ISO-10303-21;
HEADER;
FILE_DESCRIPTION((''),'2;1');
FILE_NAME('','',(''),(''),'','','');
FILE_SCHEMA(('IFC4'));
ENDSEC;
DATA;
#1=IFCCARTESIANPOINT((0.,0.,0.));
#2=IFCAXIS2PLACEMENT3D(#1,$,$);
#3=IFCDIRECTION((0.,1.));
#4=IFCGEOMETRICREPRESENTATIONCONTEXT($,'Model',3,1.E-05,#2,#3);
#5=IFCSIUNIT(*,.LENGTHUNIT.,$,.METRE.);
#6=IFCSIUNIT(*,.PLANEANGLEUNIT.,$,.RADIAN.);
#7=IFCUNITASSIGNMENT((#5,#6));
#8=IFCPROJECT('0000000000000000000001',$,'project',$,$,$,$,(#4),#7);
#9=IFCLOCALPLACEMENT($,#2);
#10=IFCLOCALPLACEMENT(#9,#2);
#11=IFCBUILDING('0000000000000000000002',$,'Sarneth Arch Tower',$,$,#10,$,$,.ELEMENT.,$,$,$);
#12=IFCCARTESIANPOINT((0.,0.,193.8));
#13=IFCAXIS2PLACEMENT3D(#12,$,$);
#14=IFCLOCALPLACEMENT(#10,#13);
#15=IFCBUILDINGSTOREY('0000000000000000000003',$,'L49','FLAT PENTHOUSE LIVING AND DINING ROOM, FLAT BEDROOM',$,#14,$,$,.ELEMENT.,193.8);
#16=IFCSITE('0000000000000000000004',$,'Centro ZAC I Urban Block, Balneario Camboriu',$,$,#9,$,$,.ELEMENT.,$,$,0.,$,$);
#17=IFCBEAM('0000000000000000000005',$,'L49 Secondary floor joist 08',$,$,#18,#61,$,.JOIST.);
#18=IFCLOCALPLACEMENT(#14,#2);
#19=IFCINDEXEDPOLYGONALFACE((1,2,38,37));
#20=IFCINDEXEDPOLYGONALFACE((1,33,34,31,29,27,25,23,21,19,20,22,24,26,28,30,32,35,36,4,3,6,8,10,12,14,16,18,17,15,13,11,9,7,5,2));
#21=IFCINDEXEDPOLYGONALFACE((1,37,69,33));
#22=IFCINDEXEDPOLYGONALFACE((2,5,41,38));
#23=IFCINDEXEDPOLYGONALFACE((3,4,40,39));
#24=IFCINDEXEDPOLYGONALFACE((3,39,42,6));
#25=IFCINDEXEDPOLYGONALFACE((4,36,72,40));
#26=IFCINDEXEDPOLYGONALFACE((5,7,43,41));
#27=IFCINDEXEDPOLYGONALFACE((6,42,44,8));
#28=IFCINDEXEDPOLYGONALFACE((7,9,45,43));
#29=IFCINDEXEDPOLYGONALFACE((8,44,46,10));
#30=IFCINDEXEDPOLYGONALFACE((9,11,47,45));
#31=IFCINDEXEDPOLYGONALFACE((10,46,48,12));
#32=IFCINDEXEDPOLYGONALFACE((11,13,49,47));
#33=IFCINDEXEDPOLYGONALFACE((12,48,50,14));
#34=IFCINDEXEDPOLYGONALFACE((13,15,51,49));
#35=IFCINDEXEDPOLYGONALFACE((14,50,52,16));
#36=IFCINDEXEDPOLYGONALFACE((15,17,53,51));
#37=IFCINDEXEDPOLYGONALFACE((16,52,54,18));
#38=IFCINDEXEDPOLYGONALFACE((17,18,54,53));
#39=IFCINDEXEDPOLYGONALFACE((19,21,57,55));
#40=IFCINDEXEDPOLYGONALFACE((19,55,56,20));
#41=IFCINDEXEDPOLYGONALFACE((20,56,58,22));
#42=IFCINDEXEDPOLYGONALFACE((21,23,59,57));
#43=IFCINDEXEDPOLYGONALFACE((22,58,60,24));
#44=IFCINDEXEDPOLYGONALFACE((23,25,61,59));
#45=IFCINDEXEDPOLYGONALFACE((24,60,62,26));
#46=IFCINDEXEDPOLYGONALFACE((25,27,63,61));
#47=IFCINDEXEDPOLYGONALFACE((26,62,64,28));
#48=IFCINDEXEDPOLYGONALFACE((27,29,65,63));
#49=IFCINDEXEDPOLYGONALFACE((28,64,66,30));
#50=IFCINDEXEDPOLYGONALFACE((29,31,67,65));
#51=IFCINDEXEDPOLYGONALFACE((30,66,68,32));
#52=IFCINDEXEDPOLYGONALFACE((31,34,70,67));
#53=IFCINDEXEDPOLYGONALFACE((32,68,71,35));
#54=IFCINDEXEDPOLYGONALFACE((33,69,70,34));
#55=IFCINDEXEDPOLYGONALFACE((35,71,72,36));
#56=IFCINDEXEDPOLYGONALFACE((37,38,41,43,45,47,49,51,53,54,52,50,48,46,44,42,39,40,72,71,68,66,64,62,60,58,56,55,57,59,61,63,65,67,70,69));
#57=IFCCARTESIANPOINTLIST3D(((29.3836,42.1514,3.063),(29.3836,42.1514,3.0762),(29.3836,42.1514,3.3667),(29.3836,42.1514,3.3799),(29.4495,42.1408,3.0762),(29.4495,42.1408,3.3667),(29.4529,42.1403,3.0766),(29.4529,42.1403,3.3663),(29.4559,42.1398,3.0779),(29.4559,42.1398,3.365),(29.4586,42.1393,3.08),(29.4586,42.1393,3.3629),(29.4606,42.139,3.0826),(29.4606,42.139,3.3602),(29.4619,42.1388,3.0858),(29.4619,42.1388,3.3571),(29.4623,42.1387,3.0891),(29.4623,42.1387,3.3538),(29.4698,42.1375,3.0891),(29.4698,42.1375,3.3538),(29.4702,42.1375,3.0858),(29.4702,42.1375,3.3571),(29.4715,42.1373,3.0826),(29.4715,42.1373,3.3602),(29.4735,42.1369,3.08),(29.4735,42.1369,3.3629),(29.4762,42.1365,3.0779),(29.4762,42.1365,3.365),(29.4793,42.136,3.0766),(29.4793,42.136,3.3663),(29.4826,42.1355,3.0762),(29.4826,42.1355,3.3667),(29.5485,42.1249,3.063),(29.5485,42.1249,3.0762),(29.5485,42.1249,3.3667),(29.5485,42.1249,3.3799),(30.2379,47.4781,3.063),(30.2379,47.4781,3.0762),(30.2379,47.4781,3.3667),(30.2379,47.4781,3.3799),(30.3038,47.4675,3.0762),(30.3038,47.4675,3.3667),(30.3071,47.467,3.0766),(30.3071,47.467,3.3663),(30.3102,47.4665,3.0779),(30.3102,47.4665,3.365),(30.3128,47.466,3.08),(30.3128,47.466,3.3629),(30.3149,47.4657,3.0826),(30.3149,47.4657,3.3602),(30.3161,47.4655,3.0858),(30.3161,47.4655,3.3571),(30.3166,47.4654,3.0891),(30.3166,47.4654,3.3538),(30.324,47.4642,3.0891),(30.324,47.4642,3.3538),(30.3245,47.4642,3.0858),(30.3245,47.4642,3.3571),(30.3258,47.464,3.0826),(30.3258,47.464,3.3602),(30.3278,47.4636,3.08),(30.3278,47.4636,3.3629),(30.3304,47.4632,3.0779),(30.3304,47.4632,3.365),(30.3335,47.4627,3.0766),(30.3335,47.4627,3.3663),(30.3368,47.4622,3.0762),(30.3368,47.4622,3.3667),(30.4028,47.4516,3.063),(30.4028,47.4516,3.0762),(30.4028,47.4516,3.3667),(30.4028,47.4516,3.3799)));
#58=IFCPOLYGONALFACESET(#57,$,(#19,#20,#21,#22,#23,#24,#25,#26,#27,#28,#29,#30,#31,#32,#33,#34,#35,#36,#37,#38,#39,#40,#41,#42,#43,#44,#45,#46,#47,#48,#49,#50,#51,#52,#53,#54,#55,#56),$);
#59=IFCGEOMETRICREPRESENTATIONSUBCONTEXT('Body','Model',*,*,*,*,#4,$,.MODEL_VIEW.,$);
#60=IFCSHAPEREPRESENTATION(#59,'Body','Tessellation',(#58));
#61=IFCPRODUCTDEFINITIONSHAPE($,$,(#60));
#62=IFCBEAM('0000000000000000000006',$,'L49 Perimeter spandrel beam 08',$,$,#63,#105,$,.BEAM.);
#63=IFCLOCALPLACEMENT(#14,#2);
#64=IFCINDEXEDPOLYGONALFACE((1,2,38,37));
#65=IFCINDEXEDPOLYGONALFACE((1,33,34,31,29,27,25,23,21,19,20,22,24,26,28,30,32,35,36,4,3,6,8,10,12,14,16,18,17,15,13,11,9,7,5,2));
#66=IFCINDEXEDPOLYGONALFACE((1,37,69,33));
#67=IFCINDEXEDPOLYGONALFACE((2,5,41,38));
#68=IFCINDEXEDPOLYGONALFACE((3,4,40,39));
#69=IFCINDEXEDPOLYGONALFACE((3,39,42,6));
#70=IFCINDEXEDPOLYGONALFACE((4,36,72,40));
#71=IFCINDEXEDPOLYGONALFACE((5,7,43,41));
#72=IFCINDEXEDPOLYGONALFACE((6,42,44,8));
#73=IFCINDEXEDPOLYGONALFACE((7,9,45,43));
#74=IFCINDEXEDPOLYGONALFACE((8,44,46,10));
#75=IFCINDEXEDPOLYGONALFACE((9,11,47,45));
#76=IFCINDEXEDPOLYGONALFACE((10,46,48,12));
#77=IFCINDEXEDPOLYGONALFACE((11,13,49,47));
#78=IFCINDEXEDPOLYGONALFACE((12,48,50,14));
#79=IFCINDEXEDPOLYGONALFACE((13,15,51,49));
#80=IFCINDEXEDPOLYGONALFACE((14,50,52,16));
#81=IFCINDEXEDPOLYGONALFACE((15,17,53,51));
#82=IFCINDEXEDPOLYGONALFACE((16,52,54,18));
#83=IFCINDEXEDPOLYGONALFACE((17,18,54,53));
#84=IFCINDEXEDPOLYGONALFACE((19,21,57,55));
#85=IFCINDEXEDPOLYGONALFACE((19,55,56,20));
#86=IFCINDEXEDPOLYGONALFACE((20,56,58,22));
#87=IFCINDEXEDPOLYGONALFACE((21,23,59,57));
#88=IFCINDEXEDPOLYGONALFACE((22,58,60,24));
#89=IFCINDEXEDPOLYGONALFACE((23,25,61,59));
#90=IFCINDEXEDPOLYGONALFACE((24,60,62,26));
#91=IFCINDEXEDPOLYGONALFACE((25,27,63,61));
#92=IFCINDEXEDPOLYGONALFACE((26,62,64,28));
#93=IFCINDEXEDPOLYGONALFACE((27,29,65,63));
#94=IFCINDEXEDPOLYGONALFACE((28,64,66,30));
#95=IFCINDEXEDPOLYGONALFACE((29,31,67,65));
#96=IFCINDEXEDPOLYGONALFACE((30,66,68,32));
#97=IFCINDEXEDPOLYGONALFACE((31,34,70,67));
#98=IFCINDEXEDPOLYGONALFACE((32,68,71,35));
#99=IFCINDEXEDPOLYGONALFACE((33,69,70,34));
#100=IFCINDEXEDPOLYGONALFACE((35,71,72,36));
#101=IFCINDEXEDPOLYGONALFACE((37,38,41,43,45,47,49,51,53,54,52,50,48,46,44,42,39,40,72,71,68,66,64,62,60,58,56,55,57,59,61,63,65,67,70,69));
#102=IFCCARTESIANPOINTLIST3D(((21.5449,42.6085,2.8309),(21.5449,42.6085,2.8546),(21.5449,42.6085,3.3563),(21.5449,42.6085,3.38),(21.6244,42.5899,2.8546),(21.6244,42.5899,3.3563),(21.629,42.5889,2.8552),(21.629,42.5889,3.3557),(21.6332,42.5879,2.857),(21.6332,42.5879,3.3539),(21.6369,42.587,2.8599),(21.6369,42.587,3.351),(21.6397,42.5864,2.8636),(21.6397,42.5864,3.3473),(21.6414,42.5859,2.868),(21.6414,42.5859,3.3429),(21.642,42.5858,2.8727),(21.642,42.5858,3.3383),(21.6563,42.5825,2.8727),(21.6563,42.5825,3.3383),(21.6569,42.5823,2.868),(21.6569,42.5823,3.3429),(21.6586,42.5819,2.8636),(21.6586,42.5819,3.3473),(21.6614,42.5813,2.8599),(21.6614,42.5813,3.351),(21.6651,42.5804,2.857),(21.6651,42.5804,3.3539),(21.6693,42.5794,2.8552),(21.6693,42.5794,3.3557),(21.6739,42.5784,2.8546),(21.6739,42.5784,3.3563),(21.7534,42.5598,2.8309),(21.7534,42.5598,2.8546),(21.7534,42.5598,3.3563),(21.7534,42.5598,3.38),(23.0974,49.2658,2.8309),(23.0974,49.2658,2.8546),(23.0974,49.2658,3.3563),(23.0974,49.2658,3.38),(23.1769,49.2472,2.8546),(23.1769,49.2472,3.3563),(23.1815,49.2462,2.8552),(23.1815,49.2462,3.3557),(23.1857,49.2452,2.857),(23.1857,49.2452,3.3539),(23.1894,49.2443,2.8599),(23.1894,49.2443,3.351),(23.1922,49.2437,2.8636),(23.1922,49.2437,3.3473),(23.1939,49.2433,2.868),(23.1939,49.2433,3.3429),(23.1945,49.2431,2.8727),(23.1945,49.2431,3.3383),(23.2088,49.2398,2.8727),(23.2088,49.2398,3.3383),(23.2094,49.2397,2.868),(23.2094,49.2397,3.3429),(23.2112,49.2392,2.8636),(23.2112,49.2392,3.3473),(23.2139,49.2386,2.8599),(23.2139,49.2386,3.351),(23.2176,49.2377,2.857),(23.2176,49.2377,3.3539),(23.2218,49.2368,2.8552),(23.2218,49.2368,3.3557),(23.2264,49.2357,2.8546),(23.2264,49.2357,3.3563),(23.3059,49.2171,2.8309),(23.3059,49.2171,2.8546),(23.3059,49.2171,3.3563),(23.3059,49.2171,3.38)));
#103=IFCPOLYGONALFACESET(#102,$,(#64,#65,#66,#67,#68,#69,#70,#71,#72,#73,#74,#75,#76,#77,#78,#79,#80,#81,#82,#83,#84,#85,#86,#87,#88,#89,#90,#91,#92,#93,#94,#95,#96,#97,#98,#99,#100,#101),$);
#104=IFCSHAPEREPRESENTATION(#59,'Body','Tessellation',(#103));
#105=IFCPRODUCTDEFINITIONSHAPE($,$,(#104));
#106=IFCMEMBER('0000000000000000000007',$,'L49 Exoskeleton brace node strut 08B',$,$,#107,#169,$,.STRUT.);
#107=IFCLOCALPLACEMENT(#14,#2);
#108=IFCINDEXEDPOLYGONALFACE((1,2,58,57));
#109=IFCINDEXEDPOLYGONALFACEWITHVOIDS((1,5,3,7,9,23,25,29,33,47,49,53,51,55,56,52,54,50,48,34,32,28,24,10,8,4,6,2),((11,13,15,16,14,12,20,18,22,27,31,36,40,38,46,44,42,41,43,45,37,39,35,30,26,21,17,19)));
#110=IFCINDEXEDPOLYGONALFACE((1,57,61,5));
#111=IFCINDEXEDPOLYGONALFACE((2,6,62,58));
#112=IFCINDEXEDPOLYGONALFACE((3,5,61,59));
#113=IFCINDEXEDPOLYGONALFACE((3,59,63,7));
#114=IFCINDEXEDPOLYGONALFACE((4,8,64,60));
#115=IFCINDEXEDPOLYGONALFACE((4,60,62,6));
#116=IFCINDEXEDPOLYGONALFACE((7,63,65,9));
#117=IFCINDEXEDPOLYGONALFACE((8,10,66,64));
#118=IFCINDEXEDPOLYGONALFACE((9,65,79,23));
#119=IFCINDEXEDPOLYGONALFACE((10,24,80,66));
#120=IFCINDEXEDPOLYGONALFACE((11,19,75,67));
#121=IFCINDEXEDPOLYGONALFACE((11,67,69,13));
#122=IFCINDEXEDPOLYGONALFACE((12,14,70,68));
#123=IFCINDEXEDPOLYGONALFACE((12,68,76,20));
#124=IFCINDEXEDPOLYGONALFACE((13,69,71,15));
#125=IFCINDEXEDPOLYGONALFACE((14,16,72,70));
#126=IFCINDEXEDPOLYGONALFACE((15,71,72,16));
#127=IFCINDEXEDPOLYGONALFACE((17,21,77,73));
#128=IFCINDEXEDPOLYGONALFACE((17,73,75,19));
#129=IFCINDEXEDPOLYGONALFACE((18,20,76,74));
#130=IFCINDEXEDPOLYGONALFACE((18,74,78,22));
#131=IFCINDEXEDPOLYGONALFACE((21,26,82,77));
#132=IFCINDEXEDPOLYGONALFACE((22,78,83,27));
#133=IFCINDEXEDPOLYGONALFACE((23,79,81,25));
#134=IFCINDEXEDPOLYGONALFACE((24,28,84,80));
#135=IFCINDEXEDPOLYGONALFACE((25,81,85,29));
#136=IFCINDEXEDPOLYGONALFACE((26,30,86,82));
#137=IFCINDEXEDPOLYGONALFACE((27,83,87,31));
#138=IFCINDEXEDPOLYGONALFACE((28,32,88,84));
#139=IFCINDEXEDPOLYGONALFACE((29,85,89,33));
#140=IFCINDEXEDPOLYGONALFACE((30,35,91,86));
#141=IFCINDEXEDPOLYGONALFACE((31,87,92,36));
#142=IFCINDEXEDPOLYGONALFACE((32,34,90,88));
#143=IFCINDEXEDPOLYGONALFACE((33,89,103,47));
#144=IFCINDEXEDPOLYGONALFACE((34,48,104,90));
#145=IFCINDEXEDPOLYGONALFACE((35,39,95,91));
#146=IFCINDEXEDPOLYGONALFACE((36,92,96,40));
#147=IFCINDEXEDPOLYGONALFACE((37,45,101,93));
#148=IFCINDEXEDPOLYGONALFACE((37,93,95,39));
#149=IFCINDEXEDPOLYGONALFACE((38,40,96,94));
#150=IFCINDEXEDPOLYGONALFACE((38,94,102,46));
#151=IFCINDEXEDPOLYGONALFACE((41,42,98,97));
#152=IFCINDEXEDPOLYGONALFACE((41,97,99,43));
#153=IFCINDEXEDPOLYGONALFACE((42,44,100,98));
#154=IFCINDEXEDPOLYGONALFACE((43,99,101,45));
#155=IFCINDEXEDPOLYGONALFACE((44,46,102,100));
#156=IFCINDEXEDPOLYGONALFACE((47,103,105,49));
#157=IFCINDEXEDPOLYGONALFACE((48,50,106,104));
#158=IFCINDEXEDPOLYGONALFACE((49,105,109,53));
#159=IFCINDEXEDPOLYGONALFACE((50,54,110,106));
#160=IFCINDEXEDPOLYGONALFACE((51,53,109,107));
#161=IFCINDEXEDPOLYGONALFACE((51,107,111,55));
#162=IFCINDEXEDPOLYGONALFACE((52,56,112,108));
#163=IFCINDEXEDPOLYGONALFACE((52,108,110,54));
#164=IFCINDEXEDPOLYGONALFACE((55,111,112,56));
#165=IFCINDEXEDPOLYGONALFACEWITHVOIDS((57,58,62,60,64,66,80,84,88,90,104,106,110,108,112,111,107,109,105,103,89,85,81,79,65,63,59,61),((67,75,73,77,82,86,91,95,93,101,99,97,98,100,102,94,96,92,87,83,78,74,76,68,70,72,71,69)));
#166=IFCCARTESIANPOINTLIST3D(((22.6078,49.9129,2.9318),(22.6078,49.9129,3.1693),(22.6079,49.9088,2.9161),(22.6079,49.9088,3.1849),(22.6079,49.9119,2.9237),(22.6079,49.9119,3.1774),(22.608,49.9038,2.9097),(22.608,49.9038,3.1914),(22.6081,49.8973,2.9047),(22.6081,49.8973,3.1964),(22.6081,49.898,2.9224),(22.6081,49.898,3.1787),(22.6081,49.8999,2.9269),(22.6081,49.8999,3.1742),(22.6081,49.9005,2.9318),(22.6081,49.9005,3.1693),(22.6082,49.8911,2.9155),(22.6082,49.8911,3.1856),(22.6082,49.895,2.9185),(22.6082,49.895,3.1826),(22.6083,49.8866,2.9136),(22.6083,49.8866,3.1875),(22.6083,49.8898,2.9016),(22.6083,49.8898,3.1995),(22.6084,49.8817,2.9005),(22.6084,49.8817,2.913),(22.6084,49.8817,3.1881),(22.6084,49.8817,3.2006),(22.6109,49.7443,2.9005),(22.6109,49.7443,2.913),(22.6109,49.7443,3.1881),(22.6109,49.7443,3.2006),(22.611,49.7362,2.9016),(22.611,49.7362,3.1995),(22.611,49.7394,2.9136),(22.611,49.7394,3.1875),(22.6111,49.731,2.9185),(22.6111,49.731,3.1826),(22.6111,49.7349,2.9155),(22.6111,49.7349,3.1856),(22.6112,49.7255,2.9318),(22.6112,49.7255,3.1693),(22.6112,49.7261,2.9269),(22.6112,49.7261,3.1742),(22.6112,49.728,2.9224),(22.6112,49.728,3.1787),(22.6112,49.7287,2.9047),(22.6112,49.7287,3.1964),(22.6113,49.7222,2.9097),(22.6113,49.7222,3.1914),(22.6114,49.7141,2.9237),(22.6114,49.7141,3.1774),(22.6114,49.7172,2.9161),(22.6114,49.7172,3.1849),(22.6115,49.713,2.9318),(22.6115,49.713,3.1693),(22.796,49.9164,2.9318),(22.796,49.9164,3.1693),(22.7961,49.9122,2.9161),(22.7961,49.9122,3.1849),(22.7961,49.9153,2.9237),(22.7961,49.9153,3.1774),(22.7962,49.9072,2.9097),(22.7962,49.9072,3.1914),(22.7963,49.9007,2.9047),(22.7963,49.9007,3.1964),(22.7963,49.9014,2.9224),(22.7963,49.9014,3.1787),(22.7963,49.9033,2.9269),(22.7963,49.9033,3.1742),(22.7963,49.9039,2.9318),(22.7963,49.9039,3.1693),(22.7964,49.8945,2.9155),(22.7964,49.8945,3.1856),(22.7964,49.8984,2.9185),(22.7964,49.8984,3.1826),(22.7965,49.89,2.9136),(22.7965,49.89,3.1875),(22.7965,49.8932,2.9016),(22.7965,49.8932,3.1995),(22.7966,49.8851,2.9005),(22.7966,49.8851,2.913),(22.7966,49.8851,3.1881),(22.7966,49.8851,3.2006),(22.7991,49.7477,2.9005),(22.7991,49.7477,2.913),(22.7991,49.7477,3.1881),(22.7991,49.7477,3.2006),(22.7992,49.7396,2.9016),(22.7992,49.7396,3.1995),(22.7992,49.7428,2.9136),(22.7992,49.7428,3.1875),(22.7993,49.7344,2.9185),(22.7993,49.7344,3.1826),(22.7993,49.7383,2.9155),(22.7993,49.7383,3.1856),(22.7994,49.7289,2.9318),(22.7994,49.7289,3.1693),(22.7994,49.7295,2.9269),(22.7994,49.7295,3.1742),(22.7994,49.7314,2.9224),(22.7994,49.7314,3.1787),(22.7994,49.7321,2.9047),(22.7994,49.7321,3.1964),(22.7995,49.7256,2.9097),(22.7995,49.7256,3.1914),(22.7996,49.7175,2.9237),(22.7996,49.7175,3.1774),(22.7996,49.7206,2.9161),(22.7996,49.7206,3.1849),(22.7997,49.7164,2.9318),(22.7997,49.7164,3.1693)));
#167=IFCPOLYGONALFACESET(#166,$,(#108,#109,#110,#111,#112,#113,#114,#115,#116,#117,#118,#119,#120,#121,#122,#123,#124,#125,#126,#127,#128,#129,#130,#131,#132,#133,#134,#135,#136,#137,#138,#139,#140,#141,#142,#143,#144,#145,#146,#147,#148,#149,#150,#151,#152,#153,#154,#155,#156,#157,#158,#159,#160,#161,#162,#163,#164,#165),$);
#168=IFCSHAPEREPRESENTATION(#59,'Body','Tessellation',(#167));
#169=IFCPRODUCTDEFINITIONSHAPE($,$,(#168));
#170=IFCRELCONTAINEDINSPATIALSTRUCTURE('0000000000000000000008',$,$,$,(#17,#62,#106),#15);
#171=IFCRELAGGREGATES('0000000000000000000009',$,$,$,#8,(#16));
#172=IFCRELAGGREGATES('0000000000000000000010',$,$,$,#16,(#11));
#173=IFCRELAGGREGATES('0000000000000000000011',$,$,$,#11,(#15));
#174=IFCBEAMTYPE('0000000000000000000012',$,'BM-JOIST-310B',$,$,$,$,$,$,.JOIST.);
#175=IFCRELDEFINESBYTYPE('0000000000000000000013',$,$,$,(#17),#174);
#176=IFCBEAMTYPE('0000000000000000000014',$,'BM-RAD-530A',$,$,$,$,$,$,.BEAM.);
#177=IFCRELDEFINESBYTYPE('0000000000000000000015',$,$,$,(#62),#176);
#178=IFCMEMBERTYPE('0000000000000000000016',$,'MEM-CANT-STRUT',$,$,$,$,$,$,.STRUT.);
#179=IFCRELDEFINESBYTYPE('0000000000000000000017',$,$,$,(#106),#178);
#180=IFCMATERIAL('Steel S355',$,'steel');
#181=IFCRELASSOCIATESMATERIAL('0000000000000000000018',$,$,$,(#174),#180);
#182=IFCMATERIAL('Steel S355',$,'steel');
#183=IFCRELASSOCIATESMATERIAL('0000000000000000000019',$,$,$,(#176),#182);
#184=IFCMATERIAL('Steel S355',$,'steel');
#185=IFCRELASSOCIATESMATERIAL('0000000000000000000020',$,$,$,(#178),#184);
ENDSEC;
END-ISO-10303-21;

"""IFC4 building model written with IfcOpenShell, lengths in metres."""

from ifc_helpers import new_model, si_unit, direction, frame, origin, origin_2d, place, context, subcontext, project, spatial, hollow_rectangle, i_section, extrude, material, material_profile, profile_set, type_object, element, save


model = new_model("IFC4")

# Units and contexts
model_context = context("Model", 3, precision=1e-05, world=origin(), true_north=direction((0.0, 1.0)))
body_context = subcontext(model_context, "Body", "Model", "MODEL_VIEW")
ifc_project = project(units=[si_unit("LENGTHUNIT", "METRE"), si_unit("PLANEANGLEUNIT", "RADIAN")], contexts=[model_context])

# Site, building, storey
site_placement = place(None, origin())
site = spatial("IfcSite", under=ifc_project, at=site_placement, Name="Centro ZAC I Urban Block, Balneario Camboriu", CompositionType="ELEMENT", RefElevation=0.0)
building_placement = place(site_placement, origin())
building = spatial("IfcBuilding", under=site, at=building_placement, Name="Sarneth Arch Tower", CompositionType="ELEMENT")
storey_placement = place(building_placement, frame((0.0, 0.0, 193.8)))
storey = spatial("IfcBuildingStorey", under=building, at=storey_placement, Name="L49", Description="FLAT PENTHOUSE LIVING AND DINING ROOM, FLAT BEDROOM", CompositionType="ELEMENT", Elevation=193.8)

# Beams
ifc_material_1 = material(Name="Steel S355", Category="steel")
ifc_material_profile_1 = material_profile(ifc_material_1, i_section(OverallWidth=0.167, OverallDepth=0.3169, WebThickness=0.0076, FlangeThickness=0.0132, FilletRadius=0.0129, at=origin_2d()), Name="W310x52")
ifc_profile_set_1 = profile_set([ifc_material_profile_1], Name="Steel S355")
beam_type_1 = type_object("IfcBeamType", Name="BM-JOIST-310B", PredefinedType="JOIST", material=ifc_profile_set_1)
beam_1_placement = place(storey_placement, frame((30.3203, 47.4648, 3.2214), z_axis=(-0.158349, -0.987383, 0.0), x_axis=(0.987383, -0.158349, 0.0)))
element("IfcBeam", 1, at=beam_1_placement, inside=storey, type_object=beam_type_1, Name="L49 Secondary floor joist 08", PredefinedType="JOIST", context=body_context, shape_type="SweptSolid", body=[
    extrude(i_section(OverallWidth=0.167, OverallDepth=0.3169, WebThickness=0.0076, FlangeThickness=0.0132, FilletRadius=0.0129, at=origin_2d()), origin(), (0.0, 0.0, 1.0), 5.3948),
])
ifc_material_2 = material(Name="Steel S355", Category="steel")
ifc_material_profile_2 = material_profile(ifc_material_2, i_section(OverallWidth=0.2141, OverallDepth=0.5491, WebThickness=0.0146, FlangeThickness=0.0237, FilletRadius=0.0181, at=origin_2d()), Name="W530x138")
ifc_profile_set_2 = profile_set([ifc_material_profile_2], Name="Steel S355")
beam_type_2 = type_object("IfcBeamType", Name="BM-RAD-530A", PredefinedType="BEAM", material=ifc_profile_set_2)
beam_2_placement = place(storey_placement, frame((23.2017, 49.2415, 3.1055), z_axis=(-0.22711, -0.973869, 0.0), x_axis=(0.973869, -0.22711, 0.0)))
element("IfcBeam", 2, at=beam_2_placement, inside=storey, type_object=beam_type_2, Name="L49 Perimeter spandrel beam 08", PredefinedType="BEAM", context=body_context, shape_type="SweptSolid", body=[
    extrude(i_section(OverallWidth=0.2141, OverallDepth=0.5491, WebThickness=0.0146, FlangeThickness=0.0237, FilletRadius=0.0181, at=origin_2d()), origin(), (0.0, 0.0, 1.0), 6.8359),
])

# Member
ifc_material_3 = material(Name="Steel S355", Category="steel")
ifc_material_profile_3 = material_profile(ifc_material_3, hollow_rectangle(XDim=0.2, YDim=0.3, WallThickness=0.0125, InnerFilletRadius=0.0188, OuterFilletRadius=0.0312, at=origin_2d()), Name="RHS300x200x12.5")
ifc_profile_set_3 = profile_set([ifc_material_profile_3], Name="Steel S355")
member_type_1 = type_object("IfcMemberType", Name="MEM-CANT-STRUT", PredefinedType="STRUT", material=ifc_profile_set_3)
member_1_placement = place(storey_placement, frame((22.7979, 49.8164, 3.0505), z_axis=(-0.999835, -0.018155, 0.0), x_axis=(0.018155, -0.999835, 0.0)))
element("IfcMember", 3, at=member_1_placement, inside=storey, type_object=member_type_1, Name="L49 Exoskeleton brace node strut 08B", PredefinedType="STRUT", context=body_context, shape_type="SweptSolid", body=[
    extrude(hollow_rectangle(XDim=0.2, YDim=0.3, WallThickness=0.0125, InnerFilletRadius=0.0188, OuterFilletRadius=0.0312, at=origin_2d()), origin(), (0.0, 0.0, 1.0), 0.1882),
])

save(model, "model.ifc")
